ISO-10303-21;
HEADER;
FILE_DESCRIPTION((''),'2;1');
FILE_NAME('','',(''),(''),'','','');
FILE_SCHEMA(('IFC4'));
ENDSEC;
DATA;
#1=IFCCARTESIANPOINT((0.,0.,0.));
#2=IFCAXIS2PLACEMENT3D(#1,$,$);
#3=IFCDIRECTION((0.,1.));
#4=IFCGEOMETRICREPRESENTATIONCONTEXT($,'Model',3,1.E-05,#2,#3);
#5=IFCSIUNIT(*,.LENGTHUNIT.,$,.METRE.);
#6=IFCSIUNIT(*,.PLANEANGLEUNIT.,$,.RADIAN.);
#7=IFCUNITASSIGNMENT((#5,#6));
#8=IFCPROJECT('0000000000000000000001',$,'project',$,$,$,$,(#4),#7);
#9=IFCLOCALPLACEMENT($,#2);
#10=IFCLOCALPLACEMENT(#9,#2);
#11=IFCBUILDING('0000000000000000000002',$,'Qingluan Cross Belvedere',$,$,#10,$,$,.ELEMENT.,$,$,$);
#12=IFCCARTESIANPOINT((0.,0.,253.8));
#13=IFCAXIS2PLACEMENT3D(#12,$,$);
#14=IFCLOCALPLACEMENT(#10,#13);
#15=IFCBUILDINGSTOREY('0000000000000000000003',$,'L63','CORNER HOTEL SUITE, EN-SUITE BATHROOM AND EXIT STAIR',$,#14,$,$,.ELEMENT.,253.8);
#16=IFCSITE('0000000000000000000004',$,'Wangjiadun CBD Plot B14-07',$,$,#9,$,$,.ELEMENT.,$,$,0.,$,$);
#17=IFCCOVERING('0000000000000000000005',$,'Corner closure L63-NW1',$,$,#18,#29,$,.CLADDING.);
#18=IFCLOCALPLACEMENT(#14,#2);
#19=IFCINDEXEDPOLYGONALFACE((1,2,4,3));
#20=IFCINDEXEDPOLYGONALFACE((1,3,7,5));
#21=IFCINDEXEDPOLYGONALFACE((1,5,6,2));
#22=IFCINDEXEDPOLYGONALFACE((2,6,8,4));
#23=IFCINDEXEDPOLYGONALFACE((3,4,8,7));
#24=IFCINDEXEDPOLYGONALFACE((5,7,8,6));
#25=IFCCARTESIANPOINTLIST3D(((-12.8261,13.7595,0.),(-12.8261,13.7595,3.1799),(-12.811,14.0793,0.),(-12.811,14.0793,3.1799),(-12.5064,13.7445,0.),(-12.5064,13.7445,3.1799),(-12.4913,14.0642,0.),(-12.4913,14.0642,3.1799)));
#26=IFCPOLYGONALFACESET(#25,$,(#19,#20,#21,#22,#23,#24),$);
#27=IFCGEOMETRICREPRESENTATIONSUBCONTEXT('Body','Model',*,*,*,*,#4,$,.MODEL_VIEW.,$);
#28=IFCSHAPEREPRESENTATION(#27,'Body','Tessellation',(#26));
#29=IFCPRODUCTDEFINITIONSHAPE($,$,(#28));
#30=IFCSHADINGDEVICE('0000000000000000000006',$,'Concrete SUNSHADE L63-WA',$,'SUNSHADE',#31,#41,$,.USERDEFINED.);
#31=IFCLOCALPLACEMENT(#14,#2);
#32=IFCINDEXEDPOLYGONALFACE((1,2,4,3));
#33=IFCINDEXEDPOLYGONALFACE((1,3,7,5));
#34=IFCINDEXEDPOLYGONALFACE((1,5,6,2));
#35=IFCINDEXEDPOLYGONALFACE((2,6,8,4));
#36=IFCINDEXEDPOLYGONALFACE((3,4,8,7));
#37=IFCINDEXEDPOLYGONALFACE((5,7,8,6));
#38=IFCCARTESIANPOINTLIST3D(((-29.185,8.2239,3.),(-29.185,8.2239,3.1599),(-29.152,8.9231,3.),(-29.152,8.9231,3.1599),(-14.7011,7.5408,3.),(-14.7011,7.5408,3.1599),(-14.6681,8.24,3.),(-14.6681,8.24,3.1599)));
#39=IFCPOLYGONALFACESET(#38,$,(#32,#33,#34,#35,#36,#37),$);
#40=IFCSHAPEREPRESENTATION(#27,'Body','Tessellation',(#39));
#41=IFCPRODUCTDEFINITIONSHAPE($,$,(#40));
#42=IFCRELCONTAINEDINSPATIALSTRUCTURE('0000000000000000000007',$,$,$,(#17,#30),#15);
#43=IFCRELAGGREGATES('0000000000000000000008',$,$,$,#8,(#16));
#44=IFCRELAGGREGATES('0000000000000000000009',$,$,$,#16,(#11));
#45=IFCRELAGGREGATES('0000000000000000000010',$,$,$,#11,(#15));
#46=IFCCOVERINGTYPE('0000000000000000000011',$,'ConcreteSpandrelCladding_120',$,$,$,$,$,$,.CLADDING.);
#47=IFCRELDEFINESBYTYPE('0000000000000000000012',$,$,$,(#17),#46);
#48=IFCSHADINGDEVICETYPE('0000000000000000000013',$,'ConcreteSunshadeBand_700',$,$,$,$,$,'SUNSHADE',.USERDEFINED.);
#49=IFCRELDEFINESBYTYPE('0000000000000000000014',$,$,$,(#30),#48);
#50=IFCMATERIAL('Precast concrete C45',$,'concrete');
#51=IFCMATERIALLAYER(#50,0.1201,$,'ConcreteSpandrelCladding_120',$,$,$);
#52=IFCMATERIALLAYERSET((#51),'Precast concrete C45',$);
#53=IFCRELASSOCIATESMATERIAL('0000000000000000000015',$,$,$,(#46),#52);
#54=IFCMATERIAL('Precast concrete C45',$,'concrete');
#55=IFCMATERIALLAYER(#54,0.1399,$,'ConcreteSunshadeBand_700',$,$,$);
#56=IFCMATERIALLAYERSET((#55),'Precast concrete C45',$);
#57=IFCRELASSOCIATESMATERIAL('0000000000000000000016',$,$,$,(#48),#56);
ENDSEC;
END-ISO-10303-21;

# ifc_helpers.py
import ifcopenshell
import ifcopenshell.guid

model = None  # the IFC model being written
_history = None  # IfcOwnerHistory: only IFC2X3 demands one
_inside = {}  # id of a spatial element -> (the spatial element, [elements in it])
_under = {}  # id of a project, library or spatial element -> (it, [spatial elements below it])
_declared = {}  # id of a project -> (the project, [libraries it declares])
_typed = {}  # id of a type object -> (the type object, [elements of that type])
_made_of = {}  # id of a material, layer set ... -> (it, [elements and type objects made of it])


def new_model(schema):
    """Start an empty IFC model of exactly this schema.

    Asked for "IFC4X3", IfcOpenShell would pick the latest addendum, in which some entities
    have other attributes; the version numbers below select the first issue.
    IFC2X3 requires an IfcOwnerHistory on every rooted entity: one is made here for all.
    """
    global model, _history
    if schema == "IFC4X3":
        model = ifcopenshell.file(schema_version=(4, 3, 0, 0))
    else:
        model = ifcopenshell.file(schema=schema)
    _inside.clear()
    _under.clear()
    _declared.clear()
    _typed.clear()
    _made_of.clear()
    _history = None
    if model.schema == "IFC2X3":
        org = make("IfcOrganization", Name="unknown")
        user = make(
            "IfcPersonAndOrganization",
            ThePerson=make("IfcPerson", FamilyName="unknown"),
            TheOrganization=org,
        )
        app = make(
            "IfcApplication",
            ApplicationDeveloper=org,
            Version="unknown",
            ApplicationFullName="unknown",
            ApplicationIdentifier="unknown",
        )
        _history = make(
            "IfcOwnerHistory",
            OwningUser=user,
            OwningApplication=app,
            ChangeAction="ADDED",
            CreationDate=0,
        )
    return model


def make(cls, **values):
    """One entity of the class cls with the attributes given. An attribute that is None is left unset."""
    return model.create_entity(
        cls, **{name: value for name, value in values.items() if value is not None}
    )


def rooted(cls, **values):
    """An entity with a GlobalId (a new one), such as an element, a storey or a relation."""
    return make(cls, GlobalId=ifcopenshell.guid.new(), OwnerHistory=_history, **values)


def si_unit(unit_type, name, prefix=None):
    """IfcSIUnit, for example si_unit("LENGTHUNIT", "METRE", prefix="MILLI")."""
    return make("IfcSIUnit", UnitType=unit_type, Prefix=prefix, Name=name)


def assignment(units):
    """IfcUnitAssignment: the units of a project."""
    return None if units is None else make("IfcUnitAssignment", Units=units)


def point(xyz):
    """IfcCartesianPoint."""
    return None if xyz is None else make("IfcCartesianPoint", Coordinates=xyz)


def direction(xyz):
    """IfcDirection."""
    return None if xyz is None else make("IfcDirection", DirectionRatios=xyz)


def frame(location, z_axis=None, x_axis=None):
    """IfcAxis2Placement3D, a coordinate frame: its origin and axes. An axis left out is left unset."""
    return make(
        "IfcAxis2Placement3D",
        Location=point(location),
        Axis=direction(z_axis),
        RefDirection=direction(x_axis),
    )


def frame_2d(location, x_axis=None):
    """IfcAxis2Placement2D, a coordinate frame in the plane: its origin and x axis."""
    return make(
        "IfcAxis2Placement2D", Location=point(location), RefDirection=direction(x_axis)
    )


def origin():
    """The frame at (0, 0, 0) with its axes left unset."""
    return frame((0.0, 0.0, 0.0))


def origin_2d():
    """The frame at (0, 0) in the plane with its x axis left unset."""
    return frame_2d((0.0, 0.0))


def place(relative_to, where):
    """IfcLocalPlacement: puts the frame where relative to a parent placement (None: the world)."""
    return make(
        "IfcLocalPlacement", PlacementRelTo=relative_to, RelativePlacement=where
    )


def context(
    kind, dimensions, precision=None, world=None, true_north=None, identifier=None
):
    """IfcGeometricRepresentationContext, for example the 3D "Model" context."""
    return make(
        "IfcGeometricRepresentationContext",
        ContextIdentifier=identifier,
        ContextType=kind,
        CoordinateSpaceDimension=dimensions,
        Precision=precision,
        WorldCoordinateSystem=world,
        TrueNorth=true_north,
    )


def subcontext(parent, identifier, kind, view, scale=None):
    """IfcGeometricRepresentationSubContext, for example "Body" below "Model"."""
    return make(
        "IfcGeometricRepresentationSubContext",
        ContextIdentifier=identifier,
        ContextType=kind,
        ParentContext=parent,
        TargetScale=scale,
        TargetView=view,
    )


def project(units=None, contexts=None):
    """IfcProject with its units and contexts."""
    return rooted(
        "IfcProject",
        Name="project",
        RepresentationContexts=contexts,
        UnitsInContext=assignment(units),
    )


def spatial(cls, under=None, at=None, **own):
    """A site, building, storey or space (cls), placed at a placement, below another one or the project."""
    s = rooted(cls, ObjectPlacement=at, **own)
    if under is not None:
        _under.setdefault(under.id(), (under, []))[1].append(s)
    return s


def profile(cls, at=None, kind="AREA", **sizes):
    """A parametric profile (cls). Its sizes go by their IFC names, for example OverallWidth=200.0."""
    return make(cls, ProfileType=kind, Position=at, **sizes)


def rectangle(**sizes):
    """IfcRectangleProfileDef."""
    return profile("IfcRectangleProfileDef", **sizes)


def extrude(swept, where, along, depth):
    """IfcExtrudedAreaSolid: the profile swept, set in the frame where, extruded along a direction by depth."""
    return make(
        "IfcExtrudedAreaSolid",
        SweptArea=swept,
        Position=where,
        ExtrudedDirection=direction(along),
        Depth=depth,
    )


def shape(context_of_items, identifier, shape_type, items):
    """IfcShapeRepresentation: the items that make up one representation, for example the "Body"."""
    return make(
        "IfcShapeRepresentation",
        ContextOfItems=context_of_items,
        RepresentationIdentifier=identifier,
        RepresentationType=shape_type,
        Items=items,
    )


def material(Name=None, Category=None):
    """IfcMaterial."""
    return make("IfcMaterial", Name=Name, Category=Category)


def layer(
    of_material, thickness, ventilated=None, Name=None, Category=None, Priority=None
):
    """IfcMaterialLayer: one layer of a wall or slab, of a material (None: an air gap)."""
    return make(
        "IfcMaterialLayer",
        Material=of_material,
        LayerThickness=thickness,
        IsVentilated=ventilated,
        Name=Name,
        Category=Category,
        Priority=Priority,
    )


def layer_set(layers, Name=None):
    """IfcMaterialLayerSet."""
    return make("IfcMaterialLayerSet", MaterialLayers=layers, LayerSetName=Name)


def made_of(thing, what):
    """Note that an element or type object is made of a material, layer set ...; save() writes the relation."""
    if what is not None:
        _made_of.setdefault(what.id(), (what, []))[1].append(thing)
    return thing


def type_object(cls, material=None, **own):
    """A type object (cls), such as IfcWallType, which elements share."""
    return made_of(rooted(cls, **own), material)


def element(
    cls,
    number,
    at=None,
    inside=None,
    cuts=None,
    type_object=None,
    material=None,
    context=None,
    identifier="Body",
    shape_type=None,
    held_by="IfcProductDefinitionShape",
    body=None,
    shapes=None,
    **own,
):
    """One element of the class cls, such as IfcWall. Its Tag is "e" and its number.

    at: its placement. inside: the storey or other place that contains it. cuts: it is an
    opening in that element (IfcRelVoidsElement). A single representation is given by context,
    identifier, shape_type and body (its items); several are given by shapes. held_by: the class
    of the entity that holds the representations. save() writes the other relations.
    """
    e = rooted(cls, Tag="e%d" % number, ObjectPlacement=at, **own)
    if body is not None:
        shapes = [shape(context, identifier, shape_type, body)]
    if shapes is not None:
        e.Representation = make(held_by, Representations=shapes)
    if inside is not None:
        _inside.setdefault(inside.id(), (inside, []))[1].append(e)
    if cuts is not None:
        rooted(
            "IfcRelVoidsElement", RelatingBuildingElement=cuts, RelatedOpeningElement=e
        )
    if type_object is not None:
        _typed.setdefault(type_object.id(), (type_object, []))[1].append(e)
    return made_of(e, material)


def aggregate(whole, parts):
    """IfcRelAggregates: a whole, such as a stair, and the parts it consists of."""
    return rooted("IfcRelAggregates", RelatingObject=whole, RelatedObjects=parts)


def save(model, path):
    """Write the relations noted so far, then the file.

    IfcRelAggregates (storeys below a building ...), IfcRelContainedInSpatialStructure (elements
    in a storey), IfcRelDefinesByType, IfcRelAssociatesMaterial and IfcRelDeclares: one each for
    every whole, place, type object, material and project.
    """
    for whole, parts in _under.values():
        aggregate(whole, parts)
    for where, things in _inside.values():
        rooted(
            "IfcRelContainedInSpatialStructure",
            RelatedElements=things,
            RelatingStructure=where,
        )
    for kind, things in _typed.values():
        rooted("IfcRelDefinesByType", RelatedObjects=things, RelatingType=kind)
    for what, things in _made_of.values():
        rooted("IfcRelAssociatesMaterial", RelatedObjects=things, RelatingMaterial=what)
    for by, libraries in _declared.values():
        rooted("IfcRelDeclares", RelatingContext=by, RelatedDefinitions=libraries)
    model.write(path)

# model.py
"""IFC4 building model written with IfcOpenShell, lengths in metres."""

from ifc_helpers import new_model, si_unit, direction, frame, origin, origin_2d, place, context, subcontext, project, spatial, rectangle, extrude, material, layer, layer_set, type_object, element, save


model = new_model("IFC4")

# Units and contexts
model_context = context("Model", 3, precision=1e-05, world=origin(), true_north=direction((0.0, 1.0)))
body_context = subcontext(model_context, "Body", "Model", "MODEL_VIEW")
ifc_project = project(units=[si_unit("LENGTHUNIT", "METRE"), si_unit("PLANEANGLEUNIT", "RADIAN")], contexts=[model_context])

# Site, building, storey
site_placement = place(None, origin())
site = spatial("IfcSite", under=ifc_project, at=site_placement, Name="Wangjiadun CBD Plot B14-07", CompositionType="ELEMENT", RefElevation=0.0)
building_placement = place(site_placement, origin())
building = spatial("IfcBuilding", under=site, at=building_placement, Name="Qingluan Cross Belvedere", CompositionType="ELEMENT")
storey_placement = place(building_placement, frame((0.0, 0.0, 253.8)))
storey = spatial("IfcBuildingStorey", under=building, at=storey_placement, Name="L63", Description="CORNER HOTEL SUITE, EN-SUITE BATHROOM AND EXIT STAIR", CompositionType="ELEMENT", Elevation=253.8)

# Covering
ifc_material_1 = material(Name="Precast concrete C45", Category="concrete")
ifc_layer_1 = layer(ifc_material_1, 0.1201, Name="ConcreteSpandrelCladding_120")
ifc_layer_set_1 = layer_set([ifc_layer_1], Name="Precast concrete C45")
covering_type = type_object("IfcCoveringType", Name="ConcreteSpandrelCladding_120", PredefinedType="CLADDING", material=ifc_layer_set_1)
covering_placement = place(storey_placement, frame((-12.6587, 13.9119, 0.0), z_axis=(0.0, 0.0, 1.0), x_axis=(0.99889, -0.047106, 0.0)))
element("IfcCovering", 1, at=covering_placement, inside=storey, type_object=covering_type, Name="Corner closure L63-NW1", PredefinedType="CLADDING", context=body_context, shape_type="SweptSolid", body=[
    extrude(rectangle(XDim=0.3201, YDim=0.3201, at=origin_2d()), origin(), (0.0, 0.0, 1.0), 3.1799),
])

# Shading device
ifc_material_2 = material(Name="Precast concrete C45", Category="concrete")
ifc_layer_2 = layer(ifc_material_2, 0.1399, Name="ConcreteSunshadeBand_700")
ifc_layer_set_2 = layer_set([ifc_layer_2], Name="Precast concrete C45")
shading_device_type = type_object("IfcShadingDeviceType", Name="ConcreteSunshadeBand_700", ElementType="SUNSHADE", PredefinedType="USERDEFINED", material=ifc_layer_set_2)
shading_device_placement = place(storey_placement, frame((-21.9265, 8.2319, 3.0), z_axis=(0.0, 0.0, 1.0), x_axis=(-0.99889, 0.047109, 0.0)))
element("IfcShadingDevice", 2, at=shading_device_placement, inside=storey, type_object=shading_device_type, Name="Concrete SUNSHADE L63-WA", ObjectType="SUNSHADE", PredefinedType="USERDEFINED", context=body_context, shape_type="SweptSolid", body=[
    extrude(rectangle(XDim=14.5, YDim=0.7, at=origin_2d()), origin(), (0.0, 0.0, 1.0), 0.1599),
])

save(model, "model.ifc")
